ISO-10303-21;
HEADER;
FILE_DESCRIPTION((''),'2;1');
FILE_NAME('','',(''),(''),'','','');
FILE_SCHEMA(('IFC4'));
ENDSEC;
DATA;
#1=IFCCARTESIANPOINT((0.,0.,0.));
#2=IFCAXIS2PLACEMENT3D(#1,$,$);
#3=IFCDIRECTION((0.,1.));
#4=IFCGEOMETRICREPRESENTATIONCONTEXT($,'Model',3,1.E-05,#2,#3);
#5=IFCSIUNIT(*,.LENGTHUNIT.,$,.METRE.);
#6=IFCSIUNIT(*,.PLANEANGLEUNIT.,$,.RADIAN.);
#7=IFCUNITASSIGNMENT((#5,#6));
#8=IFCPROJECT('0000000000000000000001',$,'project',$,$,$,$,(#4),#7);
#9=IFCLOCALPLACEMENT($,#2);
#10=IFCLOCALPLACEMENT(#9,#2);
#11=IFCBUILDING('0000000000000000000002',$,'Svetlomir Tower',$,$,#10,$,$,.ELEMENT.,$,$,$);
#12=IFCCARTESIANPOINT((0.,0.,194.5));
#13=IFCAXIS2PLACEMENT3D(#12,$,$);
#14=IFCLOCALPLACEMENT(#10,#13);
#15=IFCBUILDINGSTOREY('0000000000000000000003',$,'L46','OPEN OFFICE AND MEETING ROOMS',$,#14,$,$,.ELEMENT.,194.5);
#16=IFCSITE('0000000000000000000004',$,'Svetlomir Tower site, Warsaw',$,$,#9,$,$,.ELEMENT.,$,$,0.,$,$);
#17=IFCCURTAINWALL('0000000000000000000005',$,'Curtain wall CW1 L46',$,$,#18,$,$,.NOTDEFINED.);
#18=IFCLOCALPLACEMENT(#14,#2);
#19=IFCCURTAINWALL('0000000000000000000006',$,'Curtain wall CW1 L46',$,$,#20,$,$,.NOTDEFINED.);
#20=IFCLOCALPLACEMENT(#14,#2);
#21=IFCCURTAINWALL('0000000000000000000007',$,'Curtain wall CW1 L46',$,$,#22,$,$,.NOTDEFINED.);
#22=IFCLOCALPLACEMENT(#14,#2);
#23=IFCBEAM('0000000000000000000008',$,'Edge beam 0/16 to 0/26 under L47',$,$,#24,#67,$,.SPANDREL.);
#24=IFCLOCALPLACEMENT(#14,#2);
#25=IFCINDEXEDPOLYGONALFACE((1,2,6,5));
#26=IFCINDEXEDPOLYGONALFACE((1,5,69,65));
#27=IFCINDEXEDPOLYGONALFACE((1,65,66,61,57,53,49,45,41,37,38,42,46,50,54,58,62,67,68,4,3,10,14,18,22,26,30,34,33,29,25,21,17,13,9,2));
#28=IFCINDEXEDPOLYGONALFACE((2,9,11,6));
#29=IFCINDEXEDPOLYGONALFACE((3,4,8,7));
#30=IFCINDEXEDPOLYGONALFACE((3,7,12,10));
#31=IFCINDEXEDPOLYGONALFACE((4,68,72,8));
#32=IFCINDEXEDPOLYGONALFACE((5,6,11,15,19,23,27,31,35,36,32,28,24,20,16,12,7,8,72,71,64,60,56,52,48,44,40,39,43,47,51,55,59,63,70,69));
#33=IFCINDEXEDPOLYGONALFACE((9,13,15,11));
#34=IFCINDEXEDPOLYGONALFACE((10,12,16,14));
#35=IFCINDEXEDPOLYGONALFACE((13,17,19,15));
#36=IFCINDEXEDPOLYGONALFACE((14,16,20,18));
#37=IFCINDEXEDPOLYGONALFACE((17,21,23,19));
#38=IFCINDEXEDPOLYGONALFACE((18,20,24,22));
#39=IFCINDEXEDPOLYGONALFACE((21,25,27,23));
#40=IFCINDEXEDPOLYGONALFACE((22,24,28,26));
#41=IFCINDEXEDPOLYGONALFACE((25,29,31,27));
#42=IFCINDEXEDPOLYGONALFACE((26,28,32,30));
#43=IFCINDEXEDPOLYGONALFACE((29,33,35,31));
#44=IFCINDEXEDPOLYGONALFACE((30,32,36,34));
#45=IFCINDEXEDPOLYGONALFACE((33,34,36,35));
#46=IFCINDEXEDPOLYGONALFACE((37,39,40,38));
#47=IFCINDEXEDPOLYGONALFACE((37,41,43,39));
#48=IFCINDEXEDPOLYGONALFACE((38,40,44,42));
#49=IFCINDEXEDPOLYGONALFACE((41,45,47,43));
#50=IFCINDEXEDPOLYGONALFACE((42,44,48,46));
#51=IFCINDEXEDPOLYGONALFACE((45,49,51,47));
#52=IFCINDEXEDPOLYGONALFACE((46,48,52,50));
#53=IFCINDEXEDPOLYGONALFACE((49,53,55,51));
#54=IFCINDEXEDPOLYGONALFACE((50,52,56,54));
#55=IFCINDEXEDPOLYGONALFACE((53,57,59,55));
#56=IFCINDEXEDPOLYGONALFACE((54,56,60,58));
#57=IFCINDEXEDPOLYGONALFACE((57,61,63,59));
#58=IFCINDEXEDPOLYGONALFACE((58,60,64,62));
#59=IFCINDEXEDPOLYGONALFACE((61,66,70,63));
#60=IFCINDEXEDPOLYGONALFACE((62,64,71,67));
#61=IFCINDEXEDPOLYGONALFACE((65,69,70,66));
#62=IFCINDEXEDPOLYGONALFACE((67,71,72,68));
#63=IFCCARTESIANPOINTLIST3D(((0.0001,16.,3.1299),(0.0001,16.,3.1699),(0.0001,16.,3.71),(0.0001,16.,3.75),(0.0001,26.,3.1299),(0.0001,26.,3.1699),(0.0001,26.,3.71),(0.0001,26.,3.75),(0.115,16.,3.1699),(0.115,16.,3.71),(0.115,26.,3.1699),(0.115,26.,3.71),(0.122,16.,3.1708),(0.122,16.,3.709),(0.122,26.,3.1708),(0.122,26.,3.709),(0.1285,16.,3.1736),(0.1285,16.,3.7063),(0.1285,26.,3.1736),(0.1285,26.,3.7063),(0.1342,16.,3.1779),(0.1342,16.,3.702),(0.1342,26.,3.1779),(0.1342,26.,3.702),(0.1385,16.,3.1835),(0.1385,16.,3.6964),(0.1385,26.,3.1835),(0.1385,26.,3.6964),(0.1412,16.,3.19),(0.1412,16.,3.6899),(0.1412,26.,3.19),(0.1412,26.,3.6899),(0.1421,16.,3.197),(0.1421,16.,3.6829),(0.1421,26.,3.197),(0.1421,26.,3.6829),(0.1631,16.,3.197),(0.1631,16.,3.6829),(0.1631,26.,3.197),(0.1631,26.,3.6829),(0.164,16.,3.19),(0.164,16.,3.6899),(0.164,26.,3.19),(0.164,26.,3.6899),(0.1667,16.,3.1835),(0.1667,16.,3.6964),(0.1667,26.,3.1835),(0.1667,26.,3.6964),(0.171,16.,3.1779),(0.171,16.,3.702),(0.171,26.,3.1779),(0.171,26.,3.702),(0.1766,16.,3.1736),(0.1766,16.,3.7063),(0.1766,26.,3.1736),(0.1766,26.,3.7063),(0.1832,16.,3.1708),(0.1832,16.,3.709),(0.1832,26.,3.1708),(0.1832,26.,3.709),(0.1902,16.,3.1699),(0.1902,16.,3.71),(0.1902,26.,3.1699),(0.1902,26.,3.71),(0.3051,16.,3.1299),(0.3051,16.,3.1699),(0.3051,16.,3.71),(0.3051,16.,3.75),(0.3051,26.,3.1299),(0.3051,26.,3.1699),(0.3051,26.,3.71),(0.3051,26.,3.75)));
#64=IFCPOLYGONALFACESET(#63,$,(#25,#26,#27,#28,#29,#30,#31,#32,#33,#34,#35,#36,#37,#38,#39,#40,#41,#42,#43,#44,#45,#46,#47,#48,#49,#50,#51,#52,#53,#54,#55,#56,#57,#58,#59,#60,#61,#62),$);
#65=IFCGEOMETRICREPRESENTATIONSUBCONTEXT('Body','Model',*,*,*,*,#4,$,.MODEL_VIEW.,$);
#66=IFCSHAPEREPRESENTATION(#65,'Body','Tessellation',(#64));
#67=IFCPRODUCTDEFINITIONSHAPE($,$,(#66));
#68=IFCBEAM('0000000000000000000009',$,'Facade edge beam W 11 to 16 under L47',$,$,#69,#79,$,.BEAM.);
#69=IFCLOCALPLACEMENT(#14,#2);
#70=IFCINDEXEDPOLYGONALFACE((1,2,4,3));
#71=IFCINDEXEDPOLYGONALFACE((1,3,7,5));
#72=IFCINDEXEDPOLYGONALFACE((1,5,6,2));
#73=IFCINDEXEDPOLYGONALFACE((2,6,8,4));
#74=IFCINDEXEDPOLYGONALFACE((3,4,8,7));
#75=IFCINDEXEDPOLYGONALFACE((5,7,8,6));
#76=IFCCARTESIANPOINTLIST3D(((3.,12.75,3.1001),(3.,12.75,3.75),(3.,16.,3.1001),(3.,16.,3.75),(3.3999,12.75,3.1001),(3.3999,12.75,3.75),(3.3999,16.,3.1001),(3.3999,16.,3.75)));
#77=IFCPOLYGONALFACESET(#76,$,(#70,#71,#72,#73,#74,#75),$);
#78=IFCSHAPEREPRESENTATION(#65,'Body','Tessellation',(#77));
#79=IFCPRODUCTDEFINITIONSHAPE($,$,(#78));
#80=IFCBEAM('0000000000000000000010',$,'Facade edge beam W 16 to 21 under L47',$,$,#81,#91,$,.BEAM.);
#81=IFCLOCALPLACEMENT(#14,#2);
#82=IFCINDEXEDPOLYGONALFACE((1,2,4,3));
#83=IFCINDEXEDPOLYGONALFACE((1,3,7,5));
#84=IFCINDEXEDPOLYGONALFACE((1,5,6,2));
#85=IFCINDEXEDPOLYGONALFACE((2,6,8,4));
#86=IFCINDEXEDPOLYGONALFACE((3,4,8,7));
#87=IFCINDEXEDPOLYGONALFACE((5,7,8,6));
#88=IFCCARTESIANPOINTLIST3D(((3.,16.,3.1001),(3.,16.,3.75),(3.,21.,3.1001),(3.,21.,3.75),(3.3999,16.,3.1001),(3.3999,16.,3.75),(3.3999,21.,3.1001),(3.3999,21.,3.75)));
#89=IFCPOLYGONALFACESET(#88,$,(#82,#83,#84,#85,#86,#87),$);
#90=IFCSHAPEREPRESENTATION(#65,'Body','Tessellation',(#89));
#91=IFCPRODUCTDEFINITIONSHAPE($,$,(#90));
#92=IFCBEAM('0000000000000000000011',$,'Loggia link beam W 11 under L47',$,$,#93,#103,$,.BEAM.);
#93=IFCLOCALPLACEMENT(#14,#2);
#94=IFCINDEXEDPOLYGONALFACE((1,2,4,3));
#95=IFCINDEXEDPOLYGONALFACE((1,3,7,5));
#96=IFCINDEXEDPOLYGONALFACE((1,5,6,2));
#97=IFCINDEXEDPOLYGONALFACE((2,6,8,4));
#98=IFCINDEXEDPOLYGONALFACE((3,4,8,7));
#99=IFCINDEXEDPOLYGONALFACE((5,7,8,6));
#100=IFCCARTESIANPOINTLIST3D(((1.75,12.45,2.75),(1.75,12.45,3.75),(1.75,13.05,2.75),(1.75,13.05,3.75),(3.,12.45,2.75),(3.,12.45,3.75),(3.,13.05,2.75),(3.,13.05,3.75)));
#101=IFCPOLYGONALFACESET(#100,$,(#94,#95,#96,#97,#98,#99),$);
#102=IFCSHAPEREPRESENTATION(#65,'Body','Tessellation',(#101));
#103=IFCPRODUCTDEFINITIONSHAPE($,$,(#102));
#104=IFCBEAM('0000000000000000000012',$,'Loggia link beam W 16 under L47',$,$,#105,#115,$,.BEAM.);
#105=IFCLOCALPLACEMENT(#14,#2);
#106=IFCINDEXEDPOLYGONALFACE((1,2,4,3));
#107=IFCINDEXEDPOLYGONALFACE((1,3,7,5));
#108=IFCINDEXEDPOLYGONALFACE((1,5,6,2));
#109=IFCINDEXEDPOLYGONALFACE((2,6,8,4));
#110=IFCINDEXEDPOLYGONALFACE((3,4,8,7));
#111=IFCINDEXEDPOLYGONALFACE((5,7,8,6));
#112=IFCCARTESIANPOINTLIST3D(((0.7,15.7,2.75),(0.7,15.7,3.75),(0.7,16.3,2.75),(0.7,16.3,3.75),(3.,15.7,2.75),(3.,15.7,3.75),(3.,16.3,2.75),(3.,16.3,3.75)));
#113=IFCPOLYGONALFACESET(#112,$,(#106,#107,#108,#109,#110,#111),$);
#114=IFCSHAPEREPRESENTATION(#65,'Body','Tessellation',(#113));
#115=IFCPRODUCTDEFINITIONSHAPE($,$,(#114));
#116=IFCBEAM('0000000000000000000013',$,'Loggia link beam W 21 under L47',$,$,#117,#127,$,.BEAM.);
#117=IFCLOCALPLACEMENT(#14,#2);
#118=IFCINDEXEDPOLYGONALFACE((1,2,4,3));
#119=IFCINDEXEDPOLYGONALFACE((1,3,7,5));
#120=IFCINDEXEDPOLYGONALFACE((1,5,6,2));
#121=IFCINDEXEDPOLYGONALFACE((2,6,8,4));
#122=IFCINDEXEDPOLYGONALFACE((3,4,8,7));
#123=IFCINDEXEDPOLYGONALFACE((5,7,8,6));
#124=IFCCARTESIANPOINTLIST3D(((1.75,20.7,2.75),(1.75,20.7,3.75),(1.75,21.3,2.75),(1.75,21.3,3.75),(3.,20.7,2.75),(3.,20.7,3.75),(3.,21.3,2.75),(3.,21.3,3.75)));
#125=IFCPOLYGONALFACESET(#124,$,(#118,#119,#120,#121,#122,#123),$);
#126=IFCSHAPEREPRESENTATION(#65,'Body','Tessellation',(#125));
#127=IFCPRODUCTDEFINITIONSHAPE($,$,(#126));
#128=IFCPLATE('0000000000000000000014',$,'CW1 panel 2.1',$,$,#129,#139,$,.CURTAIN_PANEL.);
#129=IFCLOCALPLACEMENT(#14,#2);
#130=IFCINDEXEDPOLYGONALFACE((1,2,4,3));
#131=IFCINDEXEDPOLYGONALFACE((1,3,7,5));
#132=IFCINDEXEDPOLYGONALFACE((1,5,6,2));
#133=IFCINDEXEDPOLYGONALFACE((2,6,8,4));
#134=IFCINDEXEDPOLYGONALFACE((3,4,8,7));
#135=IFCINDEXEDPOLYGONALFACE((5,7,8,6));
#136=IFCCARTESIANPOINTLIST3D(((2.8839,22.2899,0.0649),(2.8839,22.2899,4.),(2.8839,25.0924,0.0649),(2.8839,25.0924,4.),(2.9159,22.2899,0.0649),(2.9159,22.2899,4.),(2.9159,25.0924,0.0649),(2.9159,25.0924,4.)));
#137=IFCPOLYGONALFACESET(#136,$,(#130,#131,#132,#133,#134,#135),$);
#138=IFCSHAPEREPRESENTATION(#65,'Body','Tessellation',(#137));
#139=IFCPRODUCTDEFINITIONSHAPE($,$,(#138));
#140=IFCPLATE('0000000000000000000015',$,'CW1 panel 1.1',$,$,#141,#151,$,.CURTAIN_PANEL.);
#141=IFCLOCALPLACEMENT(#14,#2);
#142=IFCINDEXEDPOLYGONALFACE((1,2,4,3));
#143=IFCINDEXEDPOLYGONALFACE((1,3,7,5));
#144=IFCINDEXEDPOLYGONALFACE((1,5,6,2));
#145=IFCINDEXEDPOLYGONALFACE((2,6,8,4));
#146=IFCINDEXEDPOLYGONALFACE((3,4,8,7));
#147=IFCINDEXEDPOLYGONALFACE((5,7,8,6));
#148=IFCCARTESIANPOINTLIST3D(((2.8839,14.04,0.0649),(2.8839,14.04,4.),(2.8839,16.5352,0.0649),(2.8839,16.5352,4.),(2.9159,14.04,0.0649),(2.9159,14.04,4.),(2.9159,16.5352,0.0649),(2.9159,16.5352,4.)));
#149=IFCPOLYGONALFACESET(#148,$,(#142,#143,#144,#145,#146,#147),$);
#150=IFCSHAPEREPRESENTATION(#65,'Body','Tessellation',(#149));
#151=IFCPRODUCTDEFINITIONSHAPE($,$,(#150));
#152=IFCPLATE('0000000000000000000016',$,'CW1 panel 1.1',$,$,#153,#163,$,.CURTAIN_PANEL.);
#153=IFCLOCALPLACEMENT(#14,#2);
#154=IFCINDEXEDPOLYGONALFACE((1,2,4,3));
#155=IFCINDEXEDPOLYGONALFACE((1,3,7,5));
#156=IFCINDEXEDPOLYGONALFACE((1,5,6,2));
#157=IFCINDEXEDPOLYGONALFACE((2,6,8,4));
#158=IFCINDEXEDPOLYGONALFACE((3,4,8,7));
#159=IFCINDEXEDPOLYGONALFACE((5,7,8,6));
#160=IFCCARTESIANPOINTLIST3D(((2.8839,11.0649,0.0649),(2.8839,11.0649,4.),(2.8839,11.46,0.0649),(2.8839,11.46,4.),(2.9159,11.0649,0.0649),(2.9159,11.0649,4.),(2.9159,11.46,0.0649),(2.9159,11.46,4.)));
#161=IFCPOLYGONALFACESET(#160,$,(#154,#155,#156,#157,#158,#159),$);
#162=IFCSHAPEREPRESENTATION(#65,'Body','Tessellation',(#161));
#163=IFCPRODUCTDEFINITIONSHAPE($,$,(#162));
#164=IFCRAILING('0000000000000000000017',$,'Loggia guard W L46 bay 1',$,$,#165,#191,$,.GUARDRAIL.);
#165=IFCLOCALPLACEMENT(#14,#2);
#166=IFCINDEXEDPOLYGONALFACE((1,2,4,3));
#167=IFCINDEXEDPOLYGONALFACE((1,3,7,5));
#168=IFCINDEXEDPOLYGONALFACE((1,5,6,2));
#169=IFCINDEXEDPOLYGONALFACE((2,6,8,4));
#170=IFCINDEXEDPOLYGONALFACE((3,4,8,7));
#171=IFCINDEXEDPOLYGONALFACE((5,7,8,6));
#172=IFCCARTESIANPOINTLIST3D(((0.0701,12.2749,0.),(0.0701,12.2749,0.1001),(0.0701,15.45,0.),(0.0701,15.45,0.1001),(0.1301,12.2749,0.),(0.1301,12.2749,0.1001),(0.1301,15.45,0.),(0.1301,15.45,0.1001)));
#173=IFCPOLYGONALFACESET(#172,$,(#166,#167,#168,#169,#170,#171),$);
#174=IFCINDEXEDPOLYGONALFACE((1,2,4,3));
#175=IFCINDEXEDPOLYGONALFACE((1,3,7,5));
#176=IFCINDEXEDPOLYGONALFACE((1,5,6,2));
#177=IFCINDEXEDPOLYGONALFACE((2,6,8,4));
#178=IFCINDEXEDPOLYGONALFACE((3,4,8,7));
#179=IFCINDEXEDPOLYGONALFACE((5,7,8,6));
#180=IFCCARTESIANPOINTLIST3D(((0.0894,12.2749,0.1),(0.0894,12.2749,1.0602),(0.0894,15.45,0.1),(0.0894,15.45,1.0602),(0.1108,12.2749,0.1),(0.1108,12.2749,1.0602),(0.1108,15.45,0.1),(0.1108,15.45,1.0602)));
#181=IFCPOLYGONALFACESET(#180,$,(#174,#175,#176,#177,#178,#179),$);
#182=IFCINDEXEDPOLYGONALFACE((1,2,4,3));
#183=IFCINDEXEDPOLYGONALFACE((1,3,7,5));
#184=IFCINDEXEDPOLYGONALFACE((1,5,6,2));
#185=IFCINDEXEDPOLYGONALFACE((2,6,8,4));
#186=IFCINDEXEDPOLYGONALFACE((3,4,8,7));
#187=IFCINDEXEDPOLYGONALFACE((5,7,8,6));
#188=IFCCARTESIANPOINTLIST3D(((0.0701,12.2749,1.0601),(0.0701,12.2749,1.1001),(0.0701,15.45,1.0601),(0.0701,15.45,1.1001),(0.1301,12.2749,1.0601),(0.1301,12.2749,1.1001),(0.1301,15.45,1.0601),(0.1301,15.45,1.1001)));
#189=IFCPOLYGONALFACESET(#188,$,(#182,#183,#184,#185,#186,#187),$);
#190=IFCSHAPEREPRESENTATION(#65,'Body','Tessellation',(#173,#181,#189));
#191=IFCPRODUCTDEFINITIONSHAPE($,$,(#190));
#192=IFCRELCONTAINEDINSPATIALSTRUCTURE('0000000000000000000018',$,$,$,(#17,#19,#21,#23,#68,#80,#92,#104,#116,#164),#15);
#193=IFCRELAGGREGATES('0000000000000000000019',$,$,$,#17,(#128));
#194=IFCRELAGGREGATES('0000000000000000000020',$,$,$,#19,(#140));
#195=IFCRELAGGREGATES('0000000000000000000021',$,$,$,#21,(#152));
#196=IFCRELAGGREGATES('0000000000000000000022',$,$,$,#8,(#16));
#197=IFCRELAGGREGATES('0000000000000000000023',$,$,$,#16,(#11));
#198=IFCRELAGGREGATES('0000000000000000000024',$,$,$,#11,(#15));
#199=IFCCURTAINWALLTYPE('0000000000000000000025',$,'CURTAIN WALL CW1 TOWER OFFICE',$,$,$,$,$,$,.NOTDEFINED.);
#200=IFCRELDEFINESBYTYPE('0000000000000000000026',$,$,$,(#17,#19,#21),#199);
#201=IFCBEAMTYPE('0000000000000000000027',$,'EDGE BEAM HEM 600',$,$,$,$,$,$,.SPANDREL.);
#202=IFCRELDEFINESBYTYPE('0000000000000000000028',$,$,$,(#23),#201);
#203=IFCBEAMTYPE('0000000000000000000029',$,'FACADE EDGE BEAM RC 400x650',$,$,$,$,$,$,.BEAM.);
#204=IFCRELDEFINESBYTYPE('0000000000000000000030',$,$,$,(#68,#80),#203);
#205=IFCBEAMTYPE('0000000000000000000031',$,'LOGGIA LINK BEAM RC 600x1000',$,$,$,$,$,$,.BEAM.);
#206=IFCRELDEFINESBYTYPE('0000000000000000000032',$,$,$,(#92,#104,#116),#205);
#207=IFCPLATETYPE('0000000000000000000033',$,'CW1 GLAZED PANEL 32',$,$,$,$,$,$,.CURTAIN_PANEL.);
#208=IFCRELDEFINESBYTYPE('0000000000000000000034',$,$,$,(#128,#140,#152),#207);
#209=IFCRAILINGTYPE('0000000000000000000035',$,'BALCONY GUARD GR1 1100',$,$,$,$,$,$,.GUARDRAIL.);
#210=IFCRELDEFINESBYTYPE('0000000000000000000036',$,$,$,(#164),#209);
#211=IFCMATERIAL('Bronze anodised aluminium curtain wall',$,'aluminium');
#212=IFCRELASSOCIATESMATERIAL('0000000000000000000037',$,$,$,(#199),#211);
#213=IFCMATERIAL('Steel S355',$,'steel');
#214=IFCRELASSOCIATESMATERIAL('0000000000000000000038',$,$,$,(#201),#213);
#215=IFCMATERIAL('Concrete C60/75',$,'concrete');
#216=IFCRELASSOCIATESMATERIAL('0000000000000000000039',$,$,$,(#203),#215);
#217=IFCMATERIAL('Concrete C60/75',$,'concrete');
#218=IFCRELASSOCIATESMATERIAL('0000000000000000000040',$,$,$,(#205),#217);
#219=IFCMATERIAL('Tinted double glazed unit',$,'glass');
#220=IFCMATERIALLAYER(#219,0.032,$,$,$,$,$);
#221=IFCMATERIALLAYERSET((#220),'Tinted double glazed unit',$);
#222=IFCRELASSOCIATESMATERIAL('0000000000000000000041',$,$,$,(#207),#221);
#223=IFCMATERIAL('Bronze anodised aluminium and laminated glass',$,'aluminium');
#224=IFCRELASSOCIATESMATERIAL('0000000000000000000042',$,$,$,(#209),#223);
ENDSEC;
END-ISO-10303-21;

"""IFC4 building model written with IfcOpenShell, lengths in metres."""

from ifc_helpers import new_model, si_unit, direction, frame, origin, origin_2d, place, context, subcontext, project, spatial, rectangle, i_section, extrude, material, layer, layer_set, material_profile, profile_set, type_object, element, aggregate, save


model = new_model("IFC4")

# Units and contexts
model_context = context("Model", 3, precision=1e-05, world=origin(), true_north=direction((0.0, 1.0)))
body_context = subcontext(model_context, "Body", "Model", "MODEL_VIEW")
ifc_project = project(units=[si_unit("LENGTHUNIT", "METRE"), si_unit("PLANEANGLEUNIT", "RADIAN")], contexts=[model_context])

# Site, building, storey
site_placement = place(None, origin())
site = spatial("IfcSite", under=ifc_project, at=site_placement, Name="Svetlomir Tower site, Warsaw", CompositionType="ELEMENT", RefElevation=0.0)
building_placement = place(site_placement, origin())
building = spatial("IfcBuilding", under=site, at=building_placement, Name="Svetlomir Tower", CompositionType="ELEMENT")
storey_placement = place(building_placement, frame((0.0, 0.0, 194.5)))
storey = spatial("IfcBuildingStorey", under=building, at=storey_placement, Name="L46", Description="OPEN OFFICE AND MEETING ROOMS", CompositionType="ELEMENT", Elevation=194.5)

# Curtain wall
ifc_material_1 = material(Name="Bronze anodised aluminium curtain wall", Category="aluminium")
curtain_wall_type = type_object("IfcCurtainWallType", Name="CURTAIN WALL CW1 TOWER OFFICE", PredefinedType="NOTDEFINED", material=ifc_material_1)
curtain_wall_1_placement = place(storey_placement, origin())
curtain_wall_1 = element("IfcCurtainWall", 1, at=curtain_wall_1_placement, inside=storey, type_object=curtain_wall_type, Name="Curtain wall CW1 L46", PredefinedType="NOTDEFINED")

# Curtain walls
curtain_wall_2_placement = place(storey_placement, origin())
curtain_wall_2 = element("IfcCurtainWall", 2, at=curtain_wall_2_placement, inside=storey, type_object=curtain_wall_type, Name="Curtain wall CW1 L46", PredefinedType="NOTDEFINED")
curtain_wall_3_placement = place(storey_placement, origin())
curtain_wall_3 = element("IfcCurtainWall", 3, at=curtain_wall_3_placement, inside=storey, type_object=curtain_wall_type, Name="Curtain wall CW1 L46", PredefinedType="NOTDEFINED")

# Beams
ifc_material_2 = material(Name="Steel S355", Category="steel")
ifc_material_profile_1 = material_profile(ifc_material_2, i_section(OverallWidth=0.3049, OverallDepth=0.6201, WebThickness=0.021, FlangeThickness=0.04, FilletRadius=0.0271, at=origin_2d()), Name="HEM 600")
ifc_profile_set_1 = profile_set([ifc_material_profile_1], Name="Steel S355")
beam_type_1 = type_object("IfcBeamType", Name="EDGE BEAM HEM 600", PredefinedType="SPANDREL", material=ifc_profile_set_1)
beam_1_placement = place(storey_placement, frame((0.1526, 16.0, 3.4399), z_axis=(0.0, 1.0, 0.0), x_axis=(-1.0, 0.0, 0.0)))
element("IfcBeam", 4, at=beam_1_placement, inside=storey, type_object=beam_type_1, Name="Edge beam 0/16 to 0/26 under L47", PredefinedType="SPANDREL", context=body_context, shape_type="SweptSolid", body=[
    extrude(i_section(OverallWidth=0.3049, OverallDepth=0.6201, WebThickness=0.021, FlangeThickness=0.04, FilletRadius=0.0271, at=origin_2d()), origin(), (0.0, 0.0, 1.0), 10.0),
])
ifc_material_3 = material(Name="Concrete C60/75", Category="concrete")
ifc_material_profile_2 = material_profile(ifc_material_3, rectangle(XDim=0.3999, YDim=0.6499, at=origin_2d()), Name="RC 400x650")
ifc_profile_set_2 = profile_set([ifc_material_profile_2], Name="Concrete C60/75")
beam_type_2 = type_object("IfcBeamType", Name="FACADE EDGE BEAM RC 400x650", PredefinedType="BEAM", material=ifc_profile_set_2)
beam_2_placement = place(storey_placement, frame((3.2, 12.75, 3.425), z_axis=(0.0, 1.0, 0.0), x_axis=(-1.0, 0.0, 0.0)))
element("IfcBeam", 5, at=beam_2_placement, inside=storey, type_object=beam_type_2, Name="Facade edge beam W 11 to 16 under L47", PredefinedType="BEAM", context=body_context, shape_type="SweptSolid", body=[
    extrude(rectangle(XDim=0.3999, YDim=0.6499, at=origin_2d()), origin(), (0.0, 0.0, 1.0), 3.25),
])
beam_3_placement = place(storey_placement, frame((3.2, 16.0, 3.425), z_axis=(0.0, 1.0, 0.0), x_axis=(-1.0, 0.0, 0.0)))
element("IfcBeam", 6, at=beam_3_placement, inside=storey, type_object=beam_type_2, Name="Facade edge beam W 16 to 21 under L47", PredefinedType="BEAM", context=body_context, shape_type="SweptSolid", body=[
    extrude(rectangle(XDim=0.3999, YDim=0.6499, at=origin_2d()), origin(), (0.0, 0.0, 1.0), 5.0),
])
ifc_material_4 = material(Name="Concrete C60/75", Category="concrete")
ifc_material_profile_3 = material_profile(ifc_material_4, rectangle(XDim=0.6001, YDim=1.0, at=origin_2d()), Name="RC 600x1000")
ifc_profile_set_3 = profile_set([ifc_material_profile_3], Name="Concrete C60/75")
beam_type_3 = type_object("IfcBeamType", Name="LOGGIA LINK BEAM RC 600x1000", PredefinedType="BEAM", material=ifc_profile_set_3)
beam_4_placement = place(storey_placement, frame((1.75, 12.75, 3.25), z_axis=(1.0, 0.0, 0.0), x_axis=(0.0, 1.0, 0.0)))
element("IfcBeam", 7, at=beam_4_placement, inside=storey, type_object=beam_type_3, Name="Loggia link beam W 11 under L47", PredefinedType="BEAM", context=body_context, shape_type="SweptSolid", body=[
    extrude(rectangle(XDim=0.6001, YDim=1.0, at=origin_2d()), origin(), (0.0, 0.0, 1.0), 1.25),
])
beam_5_placement = place(storey_placement, frame((0.7, 16.0, 3.25), z_axis=(1.0, 0.0, 0.0), x_axis=(0.0, 1.0, 0.0)))
element("IfcBeam", 8, at=beam_5_placement, inside=storey, type_object=beam_type_3, Name="Loggia link beam W 16 under L47", PredefinedType="BEAM", context=body_context, shape_type="SweptSolid", body=[
    extrude(rectangle(XDim=0.6001, YDim=1.0, at=origin_2d()), origin(), (0.0, 0.0, 1.0), 2.3),
])
beam_6_placement = place(storey_placement, frame((1.75, 21.0, 3.25), z_axis=(1.0, 0.0, 0.0), x_axis=(0.0, 1.0, 0.0)))
element("IfcBeam", 9, at=beam_6_placement, inside=storey, type_object=beam_type_3, Name="Loggia link beam W 21 under L47", PredefinedType="BEAM", context=body_context, shape_type="SweptSolid", body=[
    extrude(rectangle(XDim=0.6001, YDim=1.0, at=origin_2d()), origin(), (0.0, 0.0, 1.0), 1.25),
])

# Plates
ifc_material_5 = material(Name="Tinted double glazed unit", Category="glass")
ifc_layer_1 = layer(ifc_material_5, 0.032)
ifc_layer_set_1 = layer_set([ifc_layer_1], Name="Tinted double glazed unit")
plate_type = type_object("IfcPlateType", Name="CW1 GLAZED PANEL 32", PredefinedType="CURTAIN_PANEL", material=ifc_layer_set_1)
plate_1_placement = place(storey_placement, frame((2.8999, 23.6912, 0.0649), z_axis=(0.0, 0.0, 1.0), x_axis=(0.0, -1.0, 0.0)))
plate_1 = element("IfcPlate", 10, at=plate_1_placement, type_object=plate_type, Name="CW1 panel 2.1", PredefinedType="CURTAIN_PANEL", context=body_context, shape_type="SweptSolid", body=[
    extrude(rectangle(XDim=2.8025, YDim=0.032, at=origin_2d()), origin(), (0.0, 0.0, 1.0), 3.9351),
])
aggregate(curtain_wall_1, [plate_1])
plate_2_placement = place(storey_placement, frame((2.8999, 15.2876, 0.0649), z_axis=(0.0, 0.0, 1.0), x_axis=(0.0, -1.0, 0.0)))
plate_2 = element("IfcPlate", 11, at=plate_2_placement, type_object=plate_type, Name="CW1 panel 1.1", PredefinedType="CURTAIN_PANEL", context=body_context, shape_type="SweptSolid", body=[
    extrude(rectangle(XDim=2.4951, YDim=0.032, at=origin_2d()), origin(), (0.0, 0.0, 1.0), 3.9351),
])
aggregate(curtain_wall_2, [plate_2])
plate_3_placement = place(storey_placement, frame((2.8999, 11.2625, 0.0649), z_axis=(0.0, 0.0, 1.0), x_axis=(0.0, -1.0, 0.0)))
plate_3 = element("IfcPlate", 12, at=plate_3_placement, type_object=plate_type, Name="CW1 panel 1.1", PredefinedType="CURTAIN_PANEL", context=body_context, shape_type="SweptSolid", body=[
    extrude(rectangle(XDim=0.395, YDim=0.032, at=origin_2d()), origin(), (0.0, 0.0, 1.0), 3.9351),
])
aggregate(curtain_wall_3, [plate_3])

# Railing
ifc_material_6 = material(Name="Bronze anodised aluminium and laminated glass", Category="aluminium")
railing_type = type_object("IfcRailingType", Name="BALCONY GUARD GR1 1100", PredefinedType="GUARDRAIL", material=ifc_material_6)
for number, where, name in (
    (13, (0.1001, 12.2749, 0.0), "Loggia guard W L46 bay 1"),
):
    element("IfcRailing", number, at=place(storey_placement, frame(where)), inside=storey, type_object=railing_type, Name=name, PredefinedType="GUARDRAIL", context=body_context, shape_type="SweptSolid", body=[
        extrude(rectangle(XDim=0.0601, YDim=0.1001, at=origin_2d()), frame((0.0, 0.0, 0.05), z_axis=(0.0, 1.0, 0.0), x_axis=(-1.0, 0.0, 0.0)), (0.0, 0.0, 1.0), 3.175),
        extrude(rectangle(XDim=0.0215, YDim=0.9602, at=origin_2d()), frame((0.0, 0.0, 0.5801), z_axis=(0.0, 1.0, 0.0), x_axis=(-1.0, 0.0, 0.0)), (0.0, 0.0, 1.0), 3.175),
        extrude(rectangle(XDim=0.0601, YDim=0.04, at=origin_2d()), frame((0.0, 0.0, 1.0801), z_axis=(0.0, 1.0, 0.0), x_axis=(-1.0, 0.0, 0.0)), (0.0, 0.0, 1.0), 3.175),
    ])

save(model, "model.ifc")
